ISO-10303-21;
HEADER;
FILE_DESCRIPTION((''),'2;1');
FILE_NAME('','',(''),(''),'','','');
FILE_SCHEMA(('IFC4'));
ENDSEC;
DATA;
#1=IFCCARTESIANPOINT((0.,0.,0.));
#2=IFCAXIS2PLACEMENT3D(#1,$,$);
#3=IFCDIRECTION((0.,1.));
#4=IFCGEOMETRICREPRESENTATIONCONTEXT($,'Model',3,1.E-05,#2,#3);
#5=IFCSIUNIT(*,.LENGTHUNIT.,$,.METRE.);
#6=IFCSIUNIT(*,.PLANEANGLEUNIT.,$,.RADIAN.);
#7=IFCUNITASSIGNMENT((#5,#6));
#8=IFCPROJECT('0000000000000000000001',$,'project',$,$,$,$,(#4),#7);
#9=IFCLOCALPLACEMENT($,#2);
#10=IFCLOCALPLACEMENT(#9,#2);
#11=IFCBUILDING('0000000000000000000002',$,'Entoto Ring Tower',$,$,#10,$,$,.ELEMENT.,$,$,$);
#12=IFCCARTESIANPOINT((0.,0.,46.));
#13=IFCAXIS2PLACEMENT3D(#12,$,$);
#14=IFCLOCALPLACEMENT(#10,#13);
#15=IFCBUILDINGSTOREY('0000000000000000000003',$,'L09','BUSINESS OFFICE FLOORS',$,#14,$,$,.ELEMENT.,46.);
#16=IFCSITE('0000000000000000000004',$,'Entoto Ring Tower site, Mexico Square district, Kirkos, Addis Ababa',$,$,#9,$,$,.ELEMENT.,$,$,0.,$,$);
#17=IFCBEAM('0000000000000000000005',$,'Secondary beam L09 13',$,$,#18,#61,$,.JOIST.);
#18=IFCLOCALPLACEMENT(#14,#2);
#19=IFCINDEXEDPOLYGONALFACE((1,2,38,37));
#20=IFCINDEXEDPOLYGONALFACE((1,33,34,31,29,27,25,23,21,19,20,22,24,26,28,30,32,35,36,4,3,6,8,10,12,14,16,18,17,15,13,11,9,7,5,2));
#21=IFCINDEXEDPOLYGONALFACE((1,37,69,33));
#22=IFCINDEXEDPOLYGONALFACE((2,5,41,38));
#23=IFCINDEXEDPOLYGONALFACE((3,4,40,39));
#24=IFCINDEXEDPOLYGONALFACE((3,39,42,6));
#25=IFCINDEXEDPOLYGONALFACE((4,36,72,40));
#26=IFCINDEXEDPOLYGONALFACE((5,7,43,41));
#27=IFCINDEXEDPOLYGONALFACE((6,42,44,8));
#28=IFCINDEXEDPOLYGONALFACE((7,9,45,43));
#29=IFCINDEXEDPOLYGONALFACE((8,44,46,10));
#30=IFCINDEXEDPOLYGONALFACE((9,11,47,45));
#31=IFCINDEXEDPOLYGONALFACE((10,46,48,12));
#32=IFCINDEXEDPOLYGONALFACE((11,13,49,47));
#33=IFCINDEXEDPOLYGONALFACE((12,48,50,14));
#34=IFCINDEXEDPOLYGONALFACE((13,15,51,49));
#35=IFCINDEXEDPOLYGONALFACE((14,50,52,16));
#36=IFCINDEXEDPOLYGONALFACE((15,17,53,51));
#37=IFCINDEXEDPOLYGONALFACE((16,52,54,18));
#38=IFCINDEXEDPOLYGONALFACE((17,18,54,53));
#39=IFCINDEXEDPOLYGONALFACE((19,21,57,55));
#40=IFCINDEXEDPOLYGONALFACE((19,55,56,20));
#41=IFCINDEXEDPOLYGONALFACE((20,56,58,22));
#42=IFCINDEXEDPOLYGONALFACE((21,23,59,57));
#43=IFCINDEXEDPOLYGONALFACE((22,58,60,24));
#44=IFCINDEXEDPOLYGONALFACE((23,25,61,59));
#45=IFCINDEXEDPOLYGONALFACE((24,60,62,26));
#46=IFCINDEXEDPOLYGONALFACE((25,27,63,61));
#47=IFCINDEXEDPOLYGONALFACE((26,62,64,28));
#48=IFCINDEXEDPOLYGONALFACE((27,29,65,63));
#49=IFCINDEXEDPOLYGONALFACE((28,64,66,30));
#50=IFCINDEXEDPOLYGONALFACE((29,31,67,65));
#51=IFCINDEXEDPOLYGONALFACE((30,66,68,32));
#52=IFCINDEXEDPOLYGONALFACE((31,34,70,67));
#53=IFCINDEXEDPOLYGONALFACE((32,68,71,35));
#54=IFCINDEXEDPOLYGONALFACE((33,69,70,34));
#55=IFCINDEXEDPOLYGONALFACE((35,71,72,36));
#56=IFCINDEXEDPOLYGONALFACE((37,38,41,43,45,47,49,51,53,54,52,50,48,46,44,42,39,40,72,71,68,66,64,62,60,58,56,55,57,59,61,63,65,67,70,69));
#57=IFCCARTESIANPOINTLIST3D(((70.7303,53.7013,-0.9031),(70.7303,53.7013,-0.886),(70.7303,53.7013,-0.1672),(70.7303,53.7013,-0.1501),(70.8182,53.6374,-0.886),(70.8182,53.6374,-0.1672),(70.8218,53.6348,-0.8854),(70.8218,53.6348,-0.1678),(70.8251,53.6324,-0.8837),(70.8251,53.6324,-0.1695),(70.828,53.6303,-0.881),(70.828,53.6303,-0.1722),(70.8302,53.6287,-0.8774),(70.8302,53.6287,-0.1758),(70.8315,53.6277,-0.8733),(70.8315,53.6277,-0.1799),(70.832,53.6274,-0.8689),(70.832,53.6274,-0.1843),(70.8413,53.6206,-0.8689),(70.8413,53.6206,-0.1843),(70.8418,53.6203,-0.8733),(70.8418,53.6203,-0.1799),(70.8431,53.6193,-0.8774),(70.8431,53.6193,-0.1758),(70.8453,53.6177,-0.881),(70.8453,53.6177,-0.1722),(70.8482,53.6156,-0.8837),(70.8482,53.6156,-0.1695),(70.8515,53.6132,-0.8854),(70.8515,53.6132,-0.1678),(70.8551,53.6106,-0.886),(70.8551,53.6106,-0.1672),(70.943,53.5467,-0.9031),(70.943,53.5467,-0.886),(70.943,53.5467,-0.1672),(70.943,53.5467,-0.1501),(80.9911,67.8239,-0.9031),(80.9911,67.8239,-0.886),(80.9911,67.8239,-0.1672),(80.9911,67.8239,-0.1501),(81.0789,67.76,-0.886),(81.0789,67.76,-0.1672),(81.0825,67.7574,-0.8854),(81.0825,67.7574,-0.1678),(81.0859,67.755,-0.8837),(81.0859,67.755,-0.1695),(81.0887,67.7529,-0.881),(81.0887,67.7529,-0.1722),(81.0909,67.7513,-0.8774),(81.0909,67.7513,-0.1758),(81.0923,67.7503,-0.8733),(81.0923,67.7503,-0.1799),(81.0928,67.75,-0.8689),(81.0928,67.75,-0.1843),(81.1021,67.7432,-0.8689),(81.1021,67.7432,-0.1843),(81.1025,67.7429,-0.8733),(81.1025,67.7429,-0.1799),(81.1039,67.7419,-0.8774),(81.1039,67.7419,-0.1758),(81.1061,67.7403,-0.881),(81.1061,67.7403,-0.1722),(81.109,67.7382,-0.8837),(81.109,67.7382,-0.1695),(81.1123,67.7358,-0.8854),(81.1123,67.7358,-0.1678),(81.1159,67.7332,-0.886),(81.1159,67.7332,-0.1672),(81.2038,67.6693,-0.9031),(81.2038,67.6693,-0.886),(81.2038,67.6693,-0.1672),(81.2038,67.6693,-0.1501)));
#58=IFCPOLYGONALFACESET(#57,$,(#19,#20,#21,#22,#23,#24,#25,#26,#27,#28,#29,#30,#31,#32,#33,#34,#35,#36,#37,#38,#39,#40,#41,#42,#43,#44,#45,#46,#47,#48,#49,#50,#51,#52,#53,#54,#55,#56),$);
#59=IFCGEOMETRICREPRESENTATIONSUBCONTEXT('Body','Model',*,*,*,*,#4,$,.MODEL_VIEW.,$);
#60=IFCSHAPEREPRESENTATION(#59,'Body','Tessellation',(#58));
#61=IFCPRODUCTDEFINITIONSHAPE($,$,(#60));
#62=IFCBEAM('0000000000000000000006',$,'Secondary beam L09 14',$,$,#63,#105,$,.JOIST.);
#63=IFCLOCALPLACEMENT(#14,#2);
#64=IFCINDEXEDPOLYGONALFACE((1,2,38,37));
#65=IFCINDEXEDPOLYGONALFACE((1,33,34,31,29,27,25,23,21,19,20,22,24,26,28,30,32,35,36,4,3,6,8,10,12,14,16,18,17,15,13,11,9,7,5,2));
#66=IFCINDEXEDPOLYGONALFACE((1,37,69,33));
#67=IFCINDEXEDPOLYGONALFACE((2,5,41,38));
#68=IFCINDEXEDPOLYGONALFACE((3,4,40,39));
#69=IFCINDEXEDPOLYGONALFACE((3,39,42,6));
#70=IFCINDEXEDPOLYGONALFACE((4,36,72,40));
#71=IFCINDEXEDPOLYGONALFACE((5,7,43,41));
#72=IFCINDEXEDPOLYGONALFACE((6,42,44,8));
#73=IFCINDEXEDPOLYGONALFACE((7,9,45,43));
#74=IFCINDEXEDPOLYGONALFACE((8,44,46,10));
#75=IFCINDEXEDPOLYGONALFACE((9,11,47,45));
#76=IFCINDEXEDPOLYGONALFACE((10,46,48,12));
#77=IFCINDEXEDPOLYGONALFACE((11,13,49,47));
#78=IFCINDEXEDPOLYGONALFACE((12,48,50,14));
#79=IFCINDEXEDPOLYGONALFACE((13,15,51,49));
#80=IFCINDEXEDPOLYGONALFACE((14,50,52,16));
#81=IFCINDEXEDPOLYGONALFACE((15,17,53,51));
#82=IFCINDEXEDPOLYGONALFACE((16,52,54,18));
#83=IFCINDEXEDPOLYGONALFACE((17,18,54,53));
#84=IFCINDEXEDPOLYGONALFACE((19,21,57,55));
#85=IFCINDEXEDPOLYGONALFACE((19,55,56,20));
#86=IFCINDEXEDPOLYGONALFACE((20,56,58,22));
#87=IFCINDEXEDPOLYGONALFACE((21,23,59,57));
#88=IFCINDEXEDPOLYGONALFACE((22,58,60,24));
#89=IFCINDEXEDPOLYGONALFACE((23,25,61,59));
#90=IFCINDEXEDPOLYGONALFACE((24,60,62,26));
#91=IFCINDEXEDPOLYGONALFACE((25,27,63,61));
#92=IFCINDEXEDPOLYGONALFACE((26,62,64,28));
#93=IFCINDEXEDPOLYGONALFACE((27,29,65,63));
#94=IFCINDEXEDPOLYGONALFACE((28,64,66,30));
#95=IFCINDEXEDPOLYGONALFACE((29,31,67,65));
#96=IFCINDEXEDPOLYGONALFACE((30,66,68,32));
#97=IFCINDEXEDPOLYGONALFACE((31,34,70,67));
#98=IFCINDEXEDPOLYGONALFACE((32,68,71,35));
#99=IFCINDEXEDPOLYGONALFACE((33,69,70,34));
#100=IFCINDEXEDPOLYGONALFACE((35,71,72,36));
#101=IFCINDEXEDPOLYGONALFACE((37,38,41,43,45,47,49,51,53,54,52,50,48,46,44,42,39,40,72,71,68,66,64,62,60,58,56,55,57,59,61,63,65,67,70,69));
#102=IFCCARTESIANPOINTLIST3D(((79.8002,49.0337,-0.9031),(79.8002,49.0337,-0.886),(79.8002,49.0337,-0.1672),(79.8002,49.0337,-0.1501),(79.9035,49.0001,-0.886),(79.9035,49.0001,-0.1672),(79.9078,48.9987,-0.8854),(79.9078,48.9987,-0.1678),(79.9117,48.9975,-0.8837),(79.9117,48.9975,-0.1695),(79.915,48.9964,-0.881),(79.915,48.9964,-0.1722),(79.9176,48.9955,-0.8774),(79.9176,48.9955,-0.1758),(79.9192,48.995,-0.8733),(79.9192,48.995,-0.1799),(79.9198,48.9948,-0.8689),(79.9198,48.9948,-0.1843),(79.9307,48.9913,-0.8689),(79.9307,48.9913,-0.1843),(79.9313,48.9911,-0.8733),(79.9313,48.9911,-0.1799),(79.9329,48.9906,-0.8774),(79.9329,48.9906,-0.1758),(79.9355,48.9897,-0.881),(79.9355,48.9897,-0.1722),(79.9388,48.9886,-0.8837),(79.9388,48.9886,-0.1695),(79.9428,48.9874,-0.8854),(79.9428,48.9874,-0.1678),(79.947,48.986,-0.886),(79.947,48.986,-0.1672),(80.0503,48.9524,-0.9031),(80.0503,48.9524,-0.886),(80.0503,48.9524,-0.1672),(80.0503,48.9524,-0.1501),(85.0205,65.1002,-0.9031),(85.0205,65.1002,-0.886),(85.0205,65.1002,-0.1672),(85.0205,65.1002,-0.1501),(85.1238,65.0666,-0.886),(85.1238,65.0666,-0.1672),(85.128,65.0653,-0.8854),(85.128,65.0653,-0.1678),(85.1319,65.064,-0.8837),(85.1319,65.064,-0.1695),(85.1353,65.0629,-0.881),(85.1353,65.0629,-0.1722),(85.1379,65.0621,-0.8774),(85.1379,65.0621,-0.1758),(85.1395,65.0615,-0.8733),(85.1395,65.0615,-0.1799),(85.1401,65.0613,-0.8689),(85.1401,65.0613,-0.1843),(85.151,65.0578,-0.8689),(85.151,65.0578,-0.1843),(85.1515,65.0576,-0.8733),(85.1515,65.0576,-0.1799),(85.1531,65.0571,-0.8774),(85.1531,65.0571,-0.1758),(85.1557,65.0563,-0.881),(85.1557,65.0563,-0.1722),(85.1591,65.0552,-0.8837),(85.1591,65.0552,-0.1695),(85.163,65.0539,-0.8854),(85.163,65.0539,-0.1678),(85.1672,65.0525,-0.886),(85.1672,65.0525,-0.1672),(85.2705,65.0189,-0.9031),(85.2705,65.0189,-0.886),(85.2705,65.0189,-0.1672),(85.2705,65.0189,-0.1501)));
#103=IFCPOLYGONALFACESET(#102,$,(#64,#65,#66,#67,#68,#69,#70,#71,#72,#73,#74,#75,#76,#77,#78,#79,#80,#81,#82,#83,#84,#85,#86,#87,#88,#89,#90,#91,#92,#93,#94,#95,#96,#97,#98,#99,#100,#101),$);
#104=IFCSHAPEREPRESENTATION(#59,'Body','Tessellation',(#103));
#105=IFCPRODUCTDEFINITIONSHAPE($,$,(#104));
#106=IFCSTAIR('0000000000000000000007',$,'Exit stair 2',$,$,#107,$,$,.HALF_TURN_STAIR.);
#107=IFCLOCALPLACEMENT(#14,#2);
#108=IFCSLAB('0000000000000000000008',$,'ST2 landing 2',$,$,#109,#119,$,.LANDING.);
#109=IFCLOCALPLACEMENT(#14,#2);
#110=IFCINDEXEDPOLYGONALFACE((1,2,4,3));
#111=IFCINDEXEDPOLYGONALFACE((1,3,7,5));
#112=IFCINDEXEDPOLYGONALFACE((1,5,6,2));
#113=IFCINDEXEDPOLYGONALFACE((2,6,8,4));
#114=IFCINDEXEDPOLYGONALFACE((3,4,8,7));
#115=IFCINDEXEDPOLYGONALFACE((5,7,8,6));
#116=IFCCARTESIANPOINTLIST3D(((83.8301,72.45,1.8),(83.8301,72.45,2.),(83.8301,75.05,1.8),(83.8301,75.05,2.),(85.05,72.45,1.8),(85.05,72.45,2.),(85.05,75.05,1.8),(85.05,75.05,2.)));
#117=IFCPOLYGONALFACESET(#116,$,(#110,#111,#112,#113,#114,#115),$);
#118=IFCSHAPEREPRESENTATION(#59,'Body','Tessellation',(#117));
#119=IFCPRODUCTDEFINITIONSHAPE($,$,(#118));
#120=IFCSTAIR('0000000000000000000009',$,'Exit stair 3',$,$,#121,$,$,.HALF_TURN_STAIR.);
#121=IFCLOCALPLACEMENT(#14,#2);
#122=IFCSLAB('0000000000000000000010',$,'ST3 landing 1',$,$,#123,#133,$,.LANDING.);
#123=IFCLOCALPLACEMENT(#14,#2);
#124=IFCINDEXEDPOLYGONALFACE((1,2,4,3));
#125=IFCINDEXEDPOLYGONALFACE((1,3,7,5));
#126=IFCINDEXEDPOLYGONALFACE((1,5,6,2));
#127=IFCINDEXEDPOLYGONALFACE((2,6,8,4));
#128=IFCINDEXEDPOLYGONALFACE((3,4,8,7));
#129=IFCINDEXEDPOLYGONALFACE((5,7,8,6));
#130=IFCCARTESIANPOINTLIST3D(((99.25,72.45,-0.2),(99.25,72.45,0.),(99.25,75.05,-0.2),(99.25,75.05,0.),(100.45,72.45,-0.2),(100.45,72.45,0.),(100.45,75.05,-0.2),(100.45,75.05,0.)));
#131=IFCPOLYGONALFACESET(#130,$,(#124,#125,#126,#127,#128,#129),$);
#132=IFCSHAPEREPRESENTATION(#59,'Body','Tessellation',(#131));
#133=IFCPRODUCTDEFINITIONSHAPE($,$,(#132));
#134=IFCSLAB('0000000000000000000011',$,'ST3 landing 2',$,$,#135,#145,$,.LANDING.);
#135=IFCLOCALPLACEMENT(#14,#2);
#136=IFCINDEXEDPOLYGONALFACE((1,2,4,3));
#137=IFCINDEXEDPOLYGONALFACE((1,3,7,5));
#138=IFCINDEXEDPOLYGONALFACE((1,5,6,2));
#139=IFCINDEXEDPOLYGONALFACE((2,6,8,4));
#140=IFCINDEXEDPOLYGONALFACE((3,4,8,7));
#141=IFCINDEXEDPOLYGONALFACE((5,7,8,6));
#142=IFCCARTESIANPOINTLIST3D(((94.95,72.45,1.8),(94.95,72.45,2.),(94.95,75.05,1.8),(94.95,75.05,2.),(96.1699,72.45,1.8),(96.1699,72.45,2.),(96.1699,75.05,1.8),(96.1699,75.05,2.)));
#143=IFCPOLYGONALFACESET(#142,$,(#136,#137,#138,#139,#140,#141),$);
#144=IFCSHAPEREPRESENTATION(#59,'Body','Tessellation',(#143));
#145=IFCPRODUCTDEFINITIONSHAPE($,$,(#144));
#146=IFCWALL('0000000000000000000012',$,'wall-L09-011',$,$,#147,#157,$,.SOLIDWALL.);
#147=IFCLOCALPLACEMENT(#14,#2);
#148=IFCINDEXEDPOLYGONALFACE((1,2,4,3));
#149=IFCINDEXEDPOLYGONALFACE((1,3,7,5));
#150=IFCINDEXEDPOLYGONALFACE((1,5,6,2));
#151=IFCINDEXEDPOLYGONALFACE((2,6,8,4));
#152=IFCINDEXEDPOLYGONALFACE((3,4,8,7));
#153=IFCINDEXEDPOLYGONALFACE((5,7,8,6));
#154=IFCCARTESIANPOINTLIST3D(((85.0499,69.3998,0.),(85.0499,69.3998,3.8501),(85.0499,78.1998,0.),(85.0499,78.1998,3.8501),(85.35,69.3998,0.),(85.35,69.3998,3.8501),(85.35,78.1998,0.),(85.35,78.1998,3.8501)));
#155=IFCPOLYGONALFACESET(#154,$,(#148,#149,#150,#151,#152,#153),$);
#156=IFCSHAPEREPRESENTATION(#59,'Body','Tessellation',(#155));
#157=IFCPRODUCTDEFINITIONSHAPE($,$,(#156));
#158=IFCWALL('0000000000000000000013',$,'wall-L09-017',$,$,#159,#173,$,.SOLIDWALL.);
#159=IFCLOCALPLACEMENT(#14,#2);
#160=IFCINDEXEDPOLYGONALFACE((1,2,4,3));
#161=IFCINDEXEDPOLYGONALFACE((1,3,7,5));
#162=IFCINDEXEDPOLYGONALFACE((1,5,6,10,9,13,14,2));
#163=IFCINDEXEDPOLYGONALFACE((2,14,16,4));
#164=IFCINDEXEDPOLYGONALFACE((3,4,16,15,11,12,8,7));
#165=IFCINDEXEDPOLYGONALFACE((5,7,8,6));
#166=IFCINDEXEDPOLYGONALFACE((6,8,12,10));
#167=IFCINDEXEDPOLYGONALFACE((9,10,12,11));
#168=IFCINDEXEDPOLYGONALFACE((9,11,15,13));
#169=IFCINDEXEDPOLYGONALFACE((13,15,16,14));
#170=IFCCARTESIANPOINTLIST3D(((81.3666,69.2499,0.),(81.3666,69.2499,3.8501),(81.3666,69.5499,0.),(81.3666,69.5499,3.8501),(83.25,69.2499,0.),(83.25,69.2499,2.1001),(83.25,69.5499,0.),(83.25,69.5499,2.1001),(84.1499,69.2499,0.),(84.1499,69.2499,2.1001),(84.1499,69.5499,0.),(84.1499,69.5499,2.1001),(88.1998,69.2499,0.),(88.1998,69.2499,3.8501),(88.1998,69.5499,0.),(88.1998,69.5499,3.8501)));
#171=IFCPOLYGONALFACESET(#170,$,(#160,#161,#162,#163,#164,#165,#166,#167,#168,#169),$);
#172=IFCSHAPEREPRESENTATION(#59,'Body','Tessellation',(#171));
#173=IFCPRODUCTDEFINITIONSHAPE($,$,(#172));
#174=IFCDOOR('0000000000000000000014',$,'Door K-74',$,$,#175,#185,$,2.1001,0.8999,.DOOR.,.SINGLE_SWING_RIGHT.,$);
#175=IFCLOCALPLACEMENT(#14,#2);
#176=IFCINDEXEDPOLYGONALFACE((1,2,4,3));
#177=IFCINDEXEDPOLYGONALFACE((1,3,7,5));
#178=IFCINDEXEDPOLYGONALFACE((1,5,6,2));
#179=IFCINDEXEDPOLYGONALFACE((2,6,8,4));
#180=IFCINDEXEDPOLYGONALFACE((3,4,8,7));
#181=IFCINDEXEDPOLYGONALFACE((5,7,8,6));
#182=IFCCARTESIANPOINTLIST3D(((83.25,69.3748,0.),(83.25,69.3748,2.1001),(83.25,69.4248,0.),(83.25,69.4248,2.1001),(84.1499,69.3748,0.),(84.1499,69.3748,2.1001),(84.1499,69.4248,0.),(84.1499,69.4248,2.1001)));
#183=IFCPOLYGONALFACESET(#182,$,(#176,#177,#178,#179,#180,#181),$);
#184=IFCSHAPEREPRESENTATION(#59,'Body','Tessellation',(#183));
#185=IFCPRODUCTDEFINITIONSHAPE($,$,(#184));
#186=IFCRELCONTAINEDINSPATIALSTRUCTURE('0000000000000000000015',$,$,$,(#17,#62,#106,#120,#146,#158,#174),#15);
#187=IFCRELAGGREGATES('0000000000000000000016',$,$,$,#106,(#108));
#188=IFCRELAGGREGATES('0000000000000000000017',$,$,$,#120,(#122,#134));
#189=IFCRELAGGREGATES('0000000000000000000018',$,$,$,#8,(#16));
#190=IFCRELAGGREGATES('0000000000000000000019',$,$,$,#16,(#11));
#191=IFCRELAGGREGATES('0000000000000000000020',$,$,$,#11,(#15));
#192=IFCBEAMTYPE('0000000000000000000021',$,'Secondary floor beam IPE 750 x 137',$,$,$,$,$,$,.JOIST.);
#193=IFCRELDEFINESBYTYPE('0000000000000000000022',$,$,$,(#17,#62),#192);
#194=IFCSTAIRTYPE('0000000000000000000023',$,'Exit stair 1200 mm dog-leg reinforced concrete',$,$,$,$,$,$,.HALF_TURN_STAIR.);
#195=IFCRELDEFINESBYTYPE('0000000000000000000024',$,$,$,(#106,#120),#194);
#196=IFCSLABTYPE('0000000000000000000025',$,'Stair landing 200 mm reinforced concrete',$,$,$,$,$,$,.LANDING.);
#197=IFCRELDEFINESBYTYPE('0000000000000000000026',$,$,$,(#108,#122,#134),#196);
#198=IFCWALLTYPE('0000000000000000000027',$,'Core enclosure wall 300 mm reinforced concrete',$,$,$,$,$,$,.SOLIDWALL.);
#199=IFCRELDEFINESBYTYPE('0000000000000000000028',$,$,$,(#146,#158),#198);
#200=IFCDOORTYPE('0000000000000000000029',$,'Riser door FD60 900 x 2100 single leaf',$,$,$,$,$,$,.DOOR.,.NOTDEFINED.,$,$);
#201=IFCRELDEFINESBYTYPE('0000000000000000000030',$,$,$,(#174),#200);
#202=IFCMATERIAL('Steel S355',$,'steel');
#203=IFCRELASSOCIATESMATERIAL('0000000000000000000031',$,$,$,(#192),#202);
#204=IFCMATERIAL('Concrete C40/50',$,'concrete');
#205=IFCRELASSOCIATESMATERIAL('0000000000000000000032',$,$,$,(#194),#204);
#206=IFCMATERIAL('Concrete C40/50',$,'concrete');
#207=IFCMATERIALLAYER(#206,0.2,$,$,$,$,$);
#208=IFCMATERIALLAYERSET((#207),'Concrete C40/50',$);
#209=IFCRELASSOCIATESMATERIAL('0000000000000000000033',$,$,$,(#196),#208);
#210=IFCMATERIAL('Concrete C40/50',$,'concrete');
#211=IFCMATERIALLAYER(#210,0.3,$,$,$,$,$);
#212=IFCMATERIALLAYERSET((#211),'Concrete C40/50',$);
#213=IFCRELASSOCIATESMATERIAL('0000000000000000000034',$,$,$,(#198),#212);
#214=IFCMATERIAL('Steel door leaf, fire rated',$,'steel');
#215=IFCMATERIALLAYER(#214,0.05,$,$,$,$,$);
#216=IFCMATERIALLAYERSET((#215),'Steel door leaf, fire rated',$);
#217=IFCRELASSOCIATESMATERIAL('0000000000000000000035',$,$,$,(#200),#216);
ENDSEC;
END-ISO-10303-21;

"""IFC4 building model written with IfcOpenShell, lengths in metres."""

from ifc_helpers import new_model, si_unit, direction, frame, frame_2d, origin, origin_2d, place, context, subcontext, project, spatial, polyline, rectangle, i_section, outline, extrude, material, layer, layer_set, material_profile, profile_set, type_object, element, fill, aggregate, save


model = new_model("IFC4")

# Units and contexts
model_context = context("Model", 3, precision=1e-05, world=origin(), true_north=direction((0.0, 1.0)))
body_context = subcontext(model_context, "Body", "Model", "MODEL_VIEW")
ifc_project = project(units=[si_unit("LENGTHUNIT", "METRE"), si_unit("PLANEANGLEUNIT", "RADIAN")], contexts=[model_context])

# Site, building, storey
site_placement = place(None, origin())
site = spatial("IfcSite", under=ifc_project, at=site_placement, Name="Entoto Ring Tower site, Mexico Square district, Kirkos, Addis Ababa", CompositionType="ELEMENT", RefElevation=0.0)
building_placement = place(site_placement, origin())
building = spatial("IfcBuilding", under=site, at=building_placement, Name="Entoto Ring Tower", CompositionType="ELEMENT")
storey_placement = place(building_placement, frame((0.0, 0.0, 46.0)))
storey = spatial("IfcBuildingStorey", under=building, at=storey_placement, Name="L09", Description="BUSINESS OFFICE FLOORS", CompositionType="ELEMENT", Elevation=46.0)

# Beams
ifc_material_1 = material(Name="Steel S355", Category="steel")
ifc_material_profile_1 = material_profile(ifc_material_1, i_section(OverallWidth=0.2629, OverallDepth=0.7529, WebThickness=0.0115, FlangeThickness=0.0171, FilletRadius=0.0171, at=origin_2d()), Name="IPE 750 x 137")
ifc_profile_set_1 = profile_set([ifc_material_profile_1], Name="Steel S355")
beam_type_1 = type_object("IfcBeamType", Name="Secondary floor beam IPE 750 x 137", PredefinedType="JOIST", material=ifc_profile_set_1)
beam_1_placement = place(storey_placement, frame((81.0974, 67.7466, -0.5266), z_axis=(-0.587789, -0.809014, 0.0), x_axis=(0.809014, -0.587789, 0.0)))
element("IfcBeam", 1, at=beam_1_placement, inside=storey, type_object=beam_type_1, Name="Secondary beam L09 13", PredefinedType="JOIST", context=body_context, shape_type="SweptSolid", body=[
    extrude(i_section(OverallWidth=0.2629, OverallDepth=0.7529, WebThickness=0.0115, FlangeThickness=0.0171, FilletRadius=0.0171, at=origin_2d()), origin(), (0.0, 0.0, 1.0), 17.4565),
])
beam_2_placement = place(storey_placement, frame((85.1455, 65.0596, -0.5266), z_axis=(-0.309013, -0.951058, 0.0), x_axis=(0.951058, -0.309013, 0.0)))
element("IfcBeam", 2, at=beam_2_placement, inside=storey, type_object=beam_type_1, Name="Secondary beam L09 14", PredefinedType="JOIST", context=body_context, shape_type="SweptSolid", body=[
    extrude(i_section(OverallWidth=0.2629, OverallDepth=0.7529, WebThickness=0.0115, FlangeThickness=0.0171, FilletRadius=0.0171, at=origin_2d()), origin(), (0.0, 0.0, 1.0), 16.8933),
])

# Stair, slab
ifc_material_2 = material(Name="Concrete C40/50", Category="concrete")
stair_type = type_object("IfcStairType", Name="Exit stair 1200 mm dog-leg reinforced concrete", PredefinedType="HALF_TURN_STAIR", material=ifc_material_2)
stair_1_placement = place(storey_placement, origin())
stair_1 = element("IfcStair", 3, at=stair_1_placement, inside=storey, type_object=stair_type, Name="Exit stair 2", PredefinedType="HALF_TURN_STAIR")
ifc_material_3 = material(Name="Concrete C40/50", Category="concrete")
ifc_layer_1 = layer(ifc_material_3, 0.2)
ifc_layer_set_1 = layer_set([ifc_layer_1], Name="Concrete C40/50")
slab_type_1 = type_object("IfcSlabType", Name="Stair landing 200 mm reinforced concrete", PredefinedType="LANDING", material=ifc_layer_set_1)
slab_1_placement = place(storey_placement, frame((0.0, 0.0, 1.8)))
slab_1 = element("IfcSlab", 4, at=slab_1_placement, type_object=slab_type_1, Name="ST2 landing 2", PredefinedType="LANDING", context=body_context, shape_type="SweptSolid", body=[
    extrude(outline(polyline([(83.8301, 72.45), (85.05, 72.45), (85.05, 75.05), (83.8301, 75.05), (83.8301, 72.45)])), origin(), (0.0, 0.0, 1.0), 0.2),
])
aggregate(stair_1, [slab_1])

# Stair, slabs
stair_2_placement = place(storey_placement, origin())
stair_2 = element("IfcStair", 5, at=stair_2_placement, inside=storey, type_object=stair_type, Name="Exit stair 3", PredefinedType="HALF_TURN_STAIR")
slab_2_placement = place(storey_placement, frame((0.0, 0.0, -0.2)))
slab_2 = element("IfcSlab", 6, at=slab_2_placement, type_object=slab_type_1, Name="ST3 landing 1", PredefinedType="LANDING", context=body_context, shape_type="SweptSolid", body=[
    extrude(outline(polyline([(100.45, 72.45), (100.45, 75.05), (99.25, 75.05), (99.25, 72.45), (100.45, 72.45)])), origin(), (0.0, 0.0, 1.0), 0.2),
])
slab_3_placement = place(storey_placement, frame((0.0, 0.0, 1.8)))
slab_3 = element("IfcSlab", 7, at=slab_3_placement, type_object=slab_type_1, Name="ST3 landing 2", PredefinedType="LANDING", context=body_context, shape_type="SweptSolid", body=[
    extrude(outline(polyline([(94.95, 72.45), (96.1699, 72.45), (96.1699, 75.05), (94.95, 75.05), (94.95, 72.45)])), origin(), (0.0, 0.0, 1.0), 0.2),
])
aggregate(stair_2, [slab_2, slab_3])

# Wall
ifc_material_4 = material(Name="Concrete C40/50", Category="concrete")
ifc_layer_2 = layer(ifc_material_4, 0.3)
ifc_layer_set_2 = layer_set([ifc_layer_2], Name="Concrete C40/50")
wall_type_1 = type_object("IfcWallType", Name="Core enclosure wall 300 mm reinforced concrete", PredefinedType="SOLIDWALL", material=ifc_layer_set_2)
wall_1_placement = place(storey_placement, frame((85.2, 69.3999, 0.0), z_axis=(0.0, 0.0, 1.0), x_axis=(0.0, 1.0, 0.0)))
element("IfcWall", 8, at=wall_1_placement, inside=storey, type_object=wall_type_1, Name="wall-L09-011", PredefinedType="SOLIDWALL", context=body_context, shape_type="SweptSolid", body=[
    extrude(rectangle(XDim=8.8, YDim=0.3, at=frame_2d((4.3999, 0.0))), origin(), (0.0, 0.0, 1.0), 3.8501),
])

# Wall, opening, door
wall_2_placement = place(storey_placement, frame((81.3667, 69.3999, 0.0), z_axis=(0.0, 0.0, 1.0), x_axis=(1.0, 0.0, 0.0)))
wall_2 = element("IfcWall", 9, at=wall_2_placement, inside=storey, type_object=wall_type_1, Name="wall-L09-017", PredefinedType="SOLIDWALL", context=body_context, shape_type="SweptSolid", body=[
    extrude(rectangle(XDim=6.8333, YDim=0.3, at=frame_2d((3.4165, 0.0))), origin(), (0.0, 0.0, 1.0), 3.8501),
])
opening_1_placement = place(wall_2_placement, frame((1.8833, 0.0, 0.0)))
opening_1 = element("IfcOpeningElement", 10, at=opening_1_placement, cuts=wall_2, PredefinedType="OPENING", context=body_context, shape_type="SweptSolid", body=[
    extrude(rectangle(XDim=0.8999, YDim=2.1001, at=frame_2d((0.45, 1.05))), frame((0.0, 0.1602, 0.0), z_axis=(0.0, -1.0, 0.0), x_axis=(1.0, 0.0, 0.0)), (0.0, 0.0, 1.0), 0.3201),
])
ifc_material_5 = material(Name="Steel door leaf, fire rated", Category="steel")
ifc_layer_3 = layer(ifc_material_5, 0.05)
ifc_layer_set_3 = layer_set([ifc_layer_3], Name="Steel door leaf, fire rated")
door_type_1 = type_object("IfcDoorType", Name="Riser door FD60 900 x 2100 single leaf", OperationType="NOTDEFINED", PredefinedType="DOOR", material=ifc_layer_set_3)
door_1_placement = place(opening_1_placement, origin())
door_1 = element("IfcDoor", 11, at=door_1_placement, inside=storey, type_object=door_type_1, Name="Door K-74", OperationType="SINGLE_SWING_RIGHT", OverallHeight=2.1001, OverallWidth=0.8999, PredefinedType="DOOR", context=body_context, shape_type="SweptSolid", body=[
    extrude(rectangle(XDim=0.8999, YDim=2.1001, at=frame_2d((0.45, 1.05))), frame((0.0, 0.0249, 0.0), z_axis=(0.0, -1.0, 0.0), x_axis=(1.0, 0.0, 0.0)), (0.0, 0.0, 1.0), 0.05),
])
fill(opening_1, door_1)

save(model, "model.ifc")
